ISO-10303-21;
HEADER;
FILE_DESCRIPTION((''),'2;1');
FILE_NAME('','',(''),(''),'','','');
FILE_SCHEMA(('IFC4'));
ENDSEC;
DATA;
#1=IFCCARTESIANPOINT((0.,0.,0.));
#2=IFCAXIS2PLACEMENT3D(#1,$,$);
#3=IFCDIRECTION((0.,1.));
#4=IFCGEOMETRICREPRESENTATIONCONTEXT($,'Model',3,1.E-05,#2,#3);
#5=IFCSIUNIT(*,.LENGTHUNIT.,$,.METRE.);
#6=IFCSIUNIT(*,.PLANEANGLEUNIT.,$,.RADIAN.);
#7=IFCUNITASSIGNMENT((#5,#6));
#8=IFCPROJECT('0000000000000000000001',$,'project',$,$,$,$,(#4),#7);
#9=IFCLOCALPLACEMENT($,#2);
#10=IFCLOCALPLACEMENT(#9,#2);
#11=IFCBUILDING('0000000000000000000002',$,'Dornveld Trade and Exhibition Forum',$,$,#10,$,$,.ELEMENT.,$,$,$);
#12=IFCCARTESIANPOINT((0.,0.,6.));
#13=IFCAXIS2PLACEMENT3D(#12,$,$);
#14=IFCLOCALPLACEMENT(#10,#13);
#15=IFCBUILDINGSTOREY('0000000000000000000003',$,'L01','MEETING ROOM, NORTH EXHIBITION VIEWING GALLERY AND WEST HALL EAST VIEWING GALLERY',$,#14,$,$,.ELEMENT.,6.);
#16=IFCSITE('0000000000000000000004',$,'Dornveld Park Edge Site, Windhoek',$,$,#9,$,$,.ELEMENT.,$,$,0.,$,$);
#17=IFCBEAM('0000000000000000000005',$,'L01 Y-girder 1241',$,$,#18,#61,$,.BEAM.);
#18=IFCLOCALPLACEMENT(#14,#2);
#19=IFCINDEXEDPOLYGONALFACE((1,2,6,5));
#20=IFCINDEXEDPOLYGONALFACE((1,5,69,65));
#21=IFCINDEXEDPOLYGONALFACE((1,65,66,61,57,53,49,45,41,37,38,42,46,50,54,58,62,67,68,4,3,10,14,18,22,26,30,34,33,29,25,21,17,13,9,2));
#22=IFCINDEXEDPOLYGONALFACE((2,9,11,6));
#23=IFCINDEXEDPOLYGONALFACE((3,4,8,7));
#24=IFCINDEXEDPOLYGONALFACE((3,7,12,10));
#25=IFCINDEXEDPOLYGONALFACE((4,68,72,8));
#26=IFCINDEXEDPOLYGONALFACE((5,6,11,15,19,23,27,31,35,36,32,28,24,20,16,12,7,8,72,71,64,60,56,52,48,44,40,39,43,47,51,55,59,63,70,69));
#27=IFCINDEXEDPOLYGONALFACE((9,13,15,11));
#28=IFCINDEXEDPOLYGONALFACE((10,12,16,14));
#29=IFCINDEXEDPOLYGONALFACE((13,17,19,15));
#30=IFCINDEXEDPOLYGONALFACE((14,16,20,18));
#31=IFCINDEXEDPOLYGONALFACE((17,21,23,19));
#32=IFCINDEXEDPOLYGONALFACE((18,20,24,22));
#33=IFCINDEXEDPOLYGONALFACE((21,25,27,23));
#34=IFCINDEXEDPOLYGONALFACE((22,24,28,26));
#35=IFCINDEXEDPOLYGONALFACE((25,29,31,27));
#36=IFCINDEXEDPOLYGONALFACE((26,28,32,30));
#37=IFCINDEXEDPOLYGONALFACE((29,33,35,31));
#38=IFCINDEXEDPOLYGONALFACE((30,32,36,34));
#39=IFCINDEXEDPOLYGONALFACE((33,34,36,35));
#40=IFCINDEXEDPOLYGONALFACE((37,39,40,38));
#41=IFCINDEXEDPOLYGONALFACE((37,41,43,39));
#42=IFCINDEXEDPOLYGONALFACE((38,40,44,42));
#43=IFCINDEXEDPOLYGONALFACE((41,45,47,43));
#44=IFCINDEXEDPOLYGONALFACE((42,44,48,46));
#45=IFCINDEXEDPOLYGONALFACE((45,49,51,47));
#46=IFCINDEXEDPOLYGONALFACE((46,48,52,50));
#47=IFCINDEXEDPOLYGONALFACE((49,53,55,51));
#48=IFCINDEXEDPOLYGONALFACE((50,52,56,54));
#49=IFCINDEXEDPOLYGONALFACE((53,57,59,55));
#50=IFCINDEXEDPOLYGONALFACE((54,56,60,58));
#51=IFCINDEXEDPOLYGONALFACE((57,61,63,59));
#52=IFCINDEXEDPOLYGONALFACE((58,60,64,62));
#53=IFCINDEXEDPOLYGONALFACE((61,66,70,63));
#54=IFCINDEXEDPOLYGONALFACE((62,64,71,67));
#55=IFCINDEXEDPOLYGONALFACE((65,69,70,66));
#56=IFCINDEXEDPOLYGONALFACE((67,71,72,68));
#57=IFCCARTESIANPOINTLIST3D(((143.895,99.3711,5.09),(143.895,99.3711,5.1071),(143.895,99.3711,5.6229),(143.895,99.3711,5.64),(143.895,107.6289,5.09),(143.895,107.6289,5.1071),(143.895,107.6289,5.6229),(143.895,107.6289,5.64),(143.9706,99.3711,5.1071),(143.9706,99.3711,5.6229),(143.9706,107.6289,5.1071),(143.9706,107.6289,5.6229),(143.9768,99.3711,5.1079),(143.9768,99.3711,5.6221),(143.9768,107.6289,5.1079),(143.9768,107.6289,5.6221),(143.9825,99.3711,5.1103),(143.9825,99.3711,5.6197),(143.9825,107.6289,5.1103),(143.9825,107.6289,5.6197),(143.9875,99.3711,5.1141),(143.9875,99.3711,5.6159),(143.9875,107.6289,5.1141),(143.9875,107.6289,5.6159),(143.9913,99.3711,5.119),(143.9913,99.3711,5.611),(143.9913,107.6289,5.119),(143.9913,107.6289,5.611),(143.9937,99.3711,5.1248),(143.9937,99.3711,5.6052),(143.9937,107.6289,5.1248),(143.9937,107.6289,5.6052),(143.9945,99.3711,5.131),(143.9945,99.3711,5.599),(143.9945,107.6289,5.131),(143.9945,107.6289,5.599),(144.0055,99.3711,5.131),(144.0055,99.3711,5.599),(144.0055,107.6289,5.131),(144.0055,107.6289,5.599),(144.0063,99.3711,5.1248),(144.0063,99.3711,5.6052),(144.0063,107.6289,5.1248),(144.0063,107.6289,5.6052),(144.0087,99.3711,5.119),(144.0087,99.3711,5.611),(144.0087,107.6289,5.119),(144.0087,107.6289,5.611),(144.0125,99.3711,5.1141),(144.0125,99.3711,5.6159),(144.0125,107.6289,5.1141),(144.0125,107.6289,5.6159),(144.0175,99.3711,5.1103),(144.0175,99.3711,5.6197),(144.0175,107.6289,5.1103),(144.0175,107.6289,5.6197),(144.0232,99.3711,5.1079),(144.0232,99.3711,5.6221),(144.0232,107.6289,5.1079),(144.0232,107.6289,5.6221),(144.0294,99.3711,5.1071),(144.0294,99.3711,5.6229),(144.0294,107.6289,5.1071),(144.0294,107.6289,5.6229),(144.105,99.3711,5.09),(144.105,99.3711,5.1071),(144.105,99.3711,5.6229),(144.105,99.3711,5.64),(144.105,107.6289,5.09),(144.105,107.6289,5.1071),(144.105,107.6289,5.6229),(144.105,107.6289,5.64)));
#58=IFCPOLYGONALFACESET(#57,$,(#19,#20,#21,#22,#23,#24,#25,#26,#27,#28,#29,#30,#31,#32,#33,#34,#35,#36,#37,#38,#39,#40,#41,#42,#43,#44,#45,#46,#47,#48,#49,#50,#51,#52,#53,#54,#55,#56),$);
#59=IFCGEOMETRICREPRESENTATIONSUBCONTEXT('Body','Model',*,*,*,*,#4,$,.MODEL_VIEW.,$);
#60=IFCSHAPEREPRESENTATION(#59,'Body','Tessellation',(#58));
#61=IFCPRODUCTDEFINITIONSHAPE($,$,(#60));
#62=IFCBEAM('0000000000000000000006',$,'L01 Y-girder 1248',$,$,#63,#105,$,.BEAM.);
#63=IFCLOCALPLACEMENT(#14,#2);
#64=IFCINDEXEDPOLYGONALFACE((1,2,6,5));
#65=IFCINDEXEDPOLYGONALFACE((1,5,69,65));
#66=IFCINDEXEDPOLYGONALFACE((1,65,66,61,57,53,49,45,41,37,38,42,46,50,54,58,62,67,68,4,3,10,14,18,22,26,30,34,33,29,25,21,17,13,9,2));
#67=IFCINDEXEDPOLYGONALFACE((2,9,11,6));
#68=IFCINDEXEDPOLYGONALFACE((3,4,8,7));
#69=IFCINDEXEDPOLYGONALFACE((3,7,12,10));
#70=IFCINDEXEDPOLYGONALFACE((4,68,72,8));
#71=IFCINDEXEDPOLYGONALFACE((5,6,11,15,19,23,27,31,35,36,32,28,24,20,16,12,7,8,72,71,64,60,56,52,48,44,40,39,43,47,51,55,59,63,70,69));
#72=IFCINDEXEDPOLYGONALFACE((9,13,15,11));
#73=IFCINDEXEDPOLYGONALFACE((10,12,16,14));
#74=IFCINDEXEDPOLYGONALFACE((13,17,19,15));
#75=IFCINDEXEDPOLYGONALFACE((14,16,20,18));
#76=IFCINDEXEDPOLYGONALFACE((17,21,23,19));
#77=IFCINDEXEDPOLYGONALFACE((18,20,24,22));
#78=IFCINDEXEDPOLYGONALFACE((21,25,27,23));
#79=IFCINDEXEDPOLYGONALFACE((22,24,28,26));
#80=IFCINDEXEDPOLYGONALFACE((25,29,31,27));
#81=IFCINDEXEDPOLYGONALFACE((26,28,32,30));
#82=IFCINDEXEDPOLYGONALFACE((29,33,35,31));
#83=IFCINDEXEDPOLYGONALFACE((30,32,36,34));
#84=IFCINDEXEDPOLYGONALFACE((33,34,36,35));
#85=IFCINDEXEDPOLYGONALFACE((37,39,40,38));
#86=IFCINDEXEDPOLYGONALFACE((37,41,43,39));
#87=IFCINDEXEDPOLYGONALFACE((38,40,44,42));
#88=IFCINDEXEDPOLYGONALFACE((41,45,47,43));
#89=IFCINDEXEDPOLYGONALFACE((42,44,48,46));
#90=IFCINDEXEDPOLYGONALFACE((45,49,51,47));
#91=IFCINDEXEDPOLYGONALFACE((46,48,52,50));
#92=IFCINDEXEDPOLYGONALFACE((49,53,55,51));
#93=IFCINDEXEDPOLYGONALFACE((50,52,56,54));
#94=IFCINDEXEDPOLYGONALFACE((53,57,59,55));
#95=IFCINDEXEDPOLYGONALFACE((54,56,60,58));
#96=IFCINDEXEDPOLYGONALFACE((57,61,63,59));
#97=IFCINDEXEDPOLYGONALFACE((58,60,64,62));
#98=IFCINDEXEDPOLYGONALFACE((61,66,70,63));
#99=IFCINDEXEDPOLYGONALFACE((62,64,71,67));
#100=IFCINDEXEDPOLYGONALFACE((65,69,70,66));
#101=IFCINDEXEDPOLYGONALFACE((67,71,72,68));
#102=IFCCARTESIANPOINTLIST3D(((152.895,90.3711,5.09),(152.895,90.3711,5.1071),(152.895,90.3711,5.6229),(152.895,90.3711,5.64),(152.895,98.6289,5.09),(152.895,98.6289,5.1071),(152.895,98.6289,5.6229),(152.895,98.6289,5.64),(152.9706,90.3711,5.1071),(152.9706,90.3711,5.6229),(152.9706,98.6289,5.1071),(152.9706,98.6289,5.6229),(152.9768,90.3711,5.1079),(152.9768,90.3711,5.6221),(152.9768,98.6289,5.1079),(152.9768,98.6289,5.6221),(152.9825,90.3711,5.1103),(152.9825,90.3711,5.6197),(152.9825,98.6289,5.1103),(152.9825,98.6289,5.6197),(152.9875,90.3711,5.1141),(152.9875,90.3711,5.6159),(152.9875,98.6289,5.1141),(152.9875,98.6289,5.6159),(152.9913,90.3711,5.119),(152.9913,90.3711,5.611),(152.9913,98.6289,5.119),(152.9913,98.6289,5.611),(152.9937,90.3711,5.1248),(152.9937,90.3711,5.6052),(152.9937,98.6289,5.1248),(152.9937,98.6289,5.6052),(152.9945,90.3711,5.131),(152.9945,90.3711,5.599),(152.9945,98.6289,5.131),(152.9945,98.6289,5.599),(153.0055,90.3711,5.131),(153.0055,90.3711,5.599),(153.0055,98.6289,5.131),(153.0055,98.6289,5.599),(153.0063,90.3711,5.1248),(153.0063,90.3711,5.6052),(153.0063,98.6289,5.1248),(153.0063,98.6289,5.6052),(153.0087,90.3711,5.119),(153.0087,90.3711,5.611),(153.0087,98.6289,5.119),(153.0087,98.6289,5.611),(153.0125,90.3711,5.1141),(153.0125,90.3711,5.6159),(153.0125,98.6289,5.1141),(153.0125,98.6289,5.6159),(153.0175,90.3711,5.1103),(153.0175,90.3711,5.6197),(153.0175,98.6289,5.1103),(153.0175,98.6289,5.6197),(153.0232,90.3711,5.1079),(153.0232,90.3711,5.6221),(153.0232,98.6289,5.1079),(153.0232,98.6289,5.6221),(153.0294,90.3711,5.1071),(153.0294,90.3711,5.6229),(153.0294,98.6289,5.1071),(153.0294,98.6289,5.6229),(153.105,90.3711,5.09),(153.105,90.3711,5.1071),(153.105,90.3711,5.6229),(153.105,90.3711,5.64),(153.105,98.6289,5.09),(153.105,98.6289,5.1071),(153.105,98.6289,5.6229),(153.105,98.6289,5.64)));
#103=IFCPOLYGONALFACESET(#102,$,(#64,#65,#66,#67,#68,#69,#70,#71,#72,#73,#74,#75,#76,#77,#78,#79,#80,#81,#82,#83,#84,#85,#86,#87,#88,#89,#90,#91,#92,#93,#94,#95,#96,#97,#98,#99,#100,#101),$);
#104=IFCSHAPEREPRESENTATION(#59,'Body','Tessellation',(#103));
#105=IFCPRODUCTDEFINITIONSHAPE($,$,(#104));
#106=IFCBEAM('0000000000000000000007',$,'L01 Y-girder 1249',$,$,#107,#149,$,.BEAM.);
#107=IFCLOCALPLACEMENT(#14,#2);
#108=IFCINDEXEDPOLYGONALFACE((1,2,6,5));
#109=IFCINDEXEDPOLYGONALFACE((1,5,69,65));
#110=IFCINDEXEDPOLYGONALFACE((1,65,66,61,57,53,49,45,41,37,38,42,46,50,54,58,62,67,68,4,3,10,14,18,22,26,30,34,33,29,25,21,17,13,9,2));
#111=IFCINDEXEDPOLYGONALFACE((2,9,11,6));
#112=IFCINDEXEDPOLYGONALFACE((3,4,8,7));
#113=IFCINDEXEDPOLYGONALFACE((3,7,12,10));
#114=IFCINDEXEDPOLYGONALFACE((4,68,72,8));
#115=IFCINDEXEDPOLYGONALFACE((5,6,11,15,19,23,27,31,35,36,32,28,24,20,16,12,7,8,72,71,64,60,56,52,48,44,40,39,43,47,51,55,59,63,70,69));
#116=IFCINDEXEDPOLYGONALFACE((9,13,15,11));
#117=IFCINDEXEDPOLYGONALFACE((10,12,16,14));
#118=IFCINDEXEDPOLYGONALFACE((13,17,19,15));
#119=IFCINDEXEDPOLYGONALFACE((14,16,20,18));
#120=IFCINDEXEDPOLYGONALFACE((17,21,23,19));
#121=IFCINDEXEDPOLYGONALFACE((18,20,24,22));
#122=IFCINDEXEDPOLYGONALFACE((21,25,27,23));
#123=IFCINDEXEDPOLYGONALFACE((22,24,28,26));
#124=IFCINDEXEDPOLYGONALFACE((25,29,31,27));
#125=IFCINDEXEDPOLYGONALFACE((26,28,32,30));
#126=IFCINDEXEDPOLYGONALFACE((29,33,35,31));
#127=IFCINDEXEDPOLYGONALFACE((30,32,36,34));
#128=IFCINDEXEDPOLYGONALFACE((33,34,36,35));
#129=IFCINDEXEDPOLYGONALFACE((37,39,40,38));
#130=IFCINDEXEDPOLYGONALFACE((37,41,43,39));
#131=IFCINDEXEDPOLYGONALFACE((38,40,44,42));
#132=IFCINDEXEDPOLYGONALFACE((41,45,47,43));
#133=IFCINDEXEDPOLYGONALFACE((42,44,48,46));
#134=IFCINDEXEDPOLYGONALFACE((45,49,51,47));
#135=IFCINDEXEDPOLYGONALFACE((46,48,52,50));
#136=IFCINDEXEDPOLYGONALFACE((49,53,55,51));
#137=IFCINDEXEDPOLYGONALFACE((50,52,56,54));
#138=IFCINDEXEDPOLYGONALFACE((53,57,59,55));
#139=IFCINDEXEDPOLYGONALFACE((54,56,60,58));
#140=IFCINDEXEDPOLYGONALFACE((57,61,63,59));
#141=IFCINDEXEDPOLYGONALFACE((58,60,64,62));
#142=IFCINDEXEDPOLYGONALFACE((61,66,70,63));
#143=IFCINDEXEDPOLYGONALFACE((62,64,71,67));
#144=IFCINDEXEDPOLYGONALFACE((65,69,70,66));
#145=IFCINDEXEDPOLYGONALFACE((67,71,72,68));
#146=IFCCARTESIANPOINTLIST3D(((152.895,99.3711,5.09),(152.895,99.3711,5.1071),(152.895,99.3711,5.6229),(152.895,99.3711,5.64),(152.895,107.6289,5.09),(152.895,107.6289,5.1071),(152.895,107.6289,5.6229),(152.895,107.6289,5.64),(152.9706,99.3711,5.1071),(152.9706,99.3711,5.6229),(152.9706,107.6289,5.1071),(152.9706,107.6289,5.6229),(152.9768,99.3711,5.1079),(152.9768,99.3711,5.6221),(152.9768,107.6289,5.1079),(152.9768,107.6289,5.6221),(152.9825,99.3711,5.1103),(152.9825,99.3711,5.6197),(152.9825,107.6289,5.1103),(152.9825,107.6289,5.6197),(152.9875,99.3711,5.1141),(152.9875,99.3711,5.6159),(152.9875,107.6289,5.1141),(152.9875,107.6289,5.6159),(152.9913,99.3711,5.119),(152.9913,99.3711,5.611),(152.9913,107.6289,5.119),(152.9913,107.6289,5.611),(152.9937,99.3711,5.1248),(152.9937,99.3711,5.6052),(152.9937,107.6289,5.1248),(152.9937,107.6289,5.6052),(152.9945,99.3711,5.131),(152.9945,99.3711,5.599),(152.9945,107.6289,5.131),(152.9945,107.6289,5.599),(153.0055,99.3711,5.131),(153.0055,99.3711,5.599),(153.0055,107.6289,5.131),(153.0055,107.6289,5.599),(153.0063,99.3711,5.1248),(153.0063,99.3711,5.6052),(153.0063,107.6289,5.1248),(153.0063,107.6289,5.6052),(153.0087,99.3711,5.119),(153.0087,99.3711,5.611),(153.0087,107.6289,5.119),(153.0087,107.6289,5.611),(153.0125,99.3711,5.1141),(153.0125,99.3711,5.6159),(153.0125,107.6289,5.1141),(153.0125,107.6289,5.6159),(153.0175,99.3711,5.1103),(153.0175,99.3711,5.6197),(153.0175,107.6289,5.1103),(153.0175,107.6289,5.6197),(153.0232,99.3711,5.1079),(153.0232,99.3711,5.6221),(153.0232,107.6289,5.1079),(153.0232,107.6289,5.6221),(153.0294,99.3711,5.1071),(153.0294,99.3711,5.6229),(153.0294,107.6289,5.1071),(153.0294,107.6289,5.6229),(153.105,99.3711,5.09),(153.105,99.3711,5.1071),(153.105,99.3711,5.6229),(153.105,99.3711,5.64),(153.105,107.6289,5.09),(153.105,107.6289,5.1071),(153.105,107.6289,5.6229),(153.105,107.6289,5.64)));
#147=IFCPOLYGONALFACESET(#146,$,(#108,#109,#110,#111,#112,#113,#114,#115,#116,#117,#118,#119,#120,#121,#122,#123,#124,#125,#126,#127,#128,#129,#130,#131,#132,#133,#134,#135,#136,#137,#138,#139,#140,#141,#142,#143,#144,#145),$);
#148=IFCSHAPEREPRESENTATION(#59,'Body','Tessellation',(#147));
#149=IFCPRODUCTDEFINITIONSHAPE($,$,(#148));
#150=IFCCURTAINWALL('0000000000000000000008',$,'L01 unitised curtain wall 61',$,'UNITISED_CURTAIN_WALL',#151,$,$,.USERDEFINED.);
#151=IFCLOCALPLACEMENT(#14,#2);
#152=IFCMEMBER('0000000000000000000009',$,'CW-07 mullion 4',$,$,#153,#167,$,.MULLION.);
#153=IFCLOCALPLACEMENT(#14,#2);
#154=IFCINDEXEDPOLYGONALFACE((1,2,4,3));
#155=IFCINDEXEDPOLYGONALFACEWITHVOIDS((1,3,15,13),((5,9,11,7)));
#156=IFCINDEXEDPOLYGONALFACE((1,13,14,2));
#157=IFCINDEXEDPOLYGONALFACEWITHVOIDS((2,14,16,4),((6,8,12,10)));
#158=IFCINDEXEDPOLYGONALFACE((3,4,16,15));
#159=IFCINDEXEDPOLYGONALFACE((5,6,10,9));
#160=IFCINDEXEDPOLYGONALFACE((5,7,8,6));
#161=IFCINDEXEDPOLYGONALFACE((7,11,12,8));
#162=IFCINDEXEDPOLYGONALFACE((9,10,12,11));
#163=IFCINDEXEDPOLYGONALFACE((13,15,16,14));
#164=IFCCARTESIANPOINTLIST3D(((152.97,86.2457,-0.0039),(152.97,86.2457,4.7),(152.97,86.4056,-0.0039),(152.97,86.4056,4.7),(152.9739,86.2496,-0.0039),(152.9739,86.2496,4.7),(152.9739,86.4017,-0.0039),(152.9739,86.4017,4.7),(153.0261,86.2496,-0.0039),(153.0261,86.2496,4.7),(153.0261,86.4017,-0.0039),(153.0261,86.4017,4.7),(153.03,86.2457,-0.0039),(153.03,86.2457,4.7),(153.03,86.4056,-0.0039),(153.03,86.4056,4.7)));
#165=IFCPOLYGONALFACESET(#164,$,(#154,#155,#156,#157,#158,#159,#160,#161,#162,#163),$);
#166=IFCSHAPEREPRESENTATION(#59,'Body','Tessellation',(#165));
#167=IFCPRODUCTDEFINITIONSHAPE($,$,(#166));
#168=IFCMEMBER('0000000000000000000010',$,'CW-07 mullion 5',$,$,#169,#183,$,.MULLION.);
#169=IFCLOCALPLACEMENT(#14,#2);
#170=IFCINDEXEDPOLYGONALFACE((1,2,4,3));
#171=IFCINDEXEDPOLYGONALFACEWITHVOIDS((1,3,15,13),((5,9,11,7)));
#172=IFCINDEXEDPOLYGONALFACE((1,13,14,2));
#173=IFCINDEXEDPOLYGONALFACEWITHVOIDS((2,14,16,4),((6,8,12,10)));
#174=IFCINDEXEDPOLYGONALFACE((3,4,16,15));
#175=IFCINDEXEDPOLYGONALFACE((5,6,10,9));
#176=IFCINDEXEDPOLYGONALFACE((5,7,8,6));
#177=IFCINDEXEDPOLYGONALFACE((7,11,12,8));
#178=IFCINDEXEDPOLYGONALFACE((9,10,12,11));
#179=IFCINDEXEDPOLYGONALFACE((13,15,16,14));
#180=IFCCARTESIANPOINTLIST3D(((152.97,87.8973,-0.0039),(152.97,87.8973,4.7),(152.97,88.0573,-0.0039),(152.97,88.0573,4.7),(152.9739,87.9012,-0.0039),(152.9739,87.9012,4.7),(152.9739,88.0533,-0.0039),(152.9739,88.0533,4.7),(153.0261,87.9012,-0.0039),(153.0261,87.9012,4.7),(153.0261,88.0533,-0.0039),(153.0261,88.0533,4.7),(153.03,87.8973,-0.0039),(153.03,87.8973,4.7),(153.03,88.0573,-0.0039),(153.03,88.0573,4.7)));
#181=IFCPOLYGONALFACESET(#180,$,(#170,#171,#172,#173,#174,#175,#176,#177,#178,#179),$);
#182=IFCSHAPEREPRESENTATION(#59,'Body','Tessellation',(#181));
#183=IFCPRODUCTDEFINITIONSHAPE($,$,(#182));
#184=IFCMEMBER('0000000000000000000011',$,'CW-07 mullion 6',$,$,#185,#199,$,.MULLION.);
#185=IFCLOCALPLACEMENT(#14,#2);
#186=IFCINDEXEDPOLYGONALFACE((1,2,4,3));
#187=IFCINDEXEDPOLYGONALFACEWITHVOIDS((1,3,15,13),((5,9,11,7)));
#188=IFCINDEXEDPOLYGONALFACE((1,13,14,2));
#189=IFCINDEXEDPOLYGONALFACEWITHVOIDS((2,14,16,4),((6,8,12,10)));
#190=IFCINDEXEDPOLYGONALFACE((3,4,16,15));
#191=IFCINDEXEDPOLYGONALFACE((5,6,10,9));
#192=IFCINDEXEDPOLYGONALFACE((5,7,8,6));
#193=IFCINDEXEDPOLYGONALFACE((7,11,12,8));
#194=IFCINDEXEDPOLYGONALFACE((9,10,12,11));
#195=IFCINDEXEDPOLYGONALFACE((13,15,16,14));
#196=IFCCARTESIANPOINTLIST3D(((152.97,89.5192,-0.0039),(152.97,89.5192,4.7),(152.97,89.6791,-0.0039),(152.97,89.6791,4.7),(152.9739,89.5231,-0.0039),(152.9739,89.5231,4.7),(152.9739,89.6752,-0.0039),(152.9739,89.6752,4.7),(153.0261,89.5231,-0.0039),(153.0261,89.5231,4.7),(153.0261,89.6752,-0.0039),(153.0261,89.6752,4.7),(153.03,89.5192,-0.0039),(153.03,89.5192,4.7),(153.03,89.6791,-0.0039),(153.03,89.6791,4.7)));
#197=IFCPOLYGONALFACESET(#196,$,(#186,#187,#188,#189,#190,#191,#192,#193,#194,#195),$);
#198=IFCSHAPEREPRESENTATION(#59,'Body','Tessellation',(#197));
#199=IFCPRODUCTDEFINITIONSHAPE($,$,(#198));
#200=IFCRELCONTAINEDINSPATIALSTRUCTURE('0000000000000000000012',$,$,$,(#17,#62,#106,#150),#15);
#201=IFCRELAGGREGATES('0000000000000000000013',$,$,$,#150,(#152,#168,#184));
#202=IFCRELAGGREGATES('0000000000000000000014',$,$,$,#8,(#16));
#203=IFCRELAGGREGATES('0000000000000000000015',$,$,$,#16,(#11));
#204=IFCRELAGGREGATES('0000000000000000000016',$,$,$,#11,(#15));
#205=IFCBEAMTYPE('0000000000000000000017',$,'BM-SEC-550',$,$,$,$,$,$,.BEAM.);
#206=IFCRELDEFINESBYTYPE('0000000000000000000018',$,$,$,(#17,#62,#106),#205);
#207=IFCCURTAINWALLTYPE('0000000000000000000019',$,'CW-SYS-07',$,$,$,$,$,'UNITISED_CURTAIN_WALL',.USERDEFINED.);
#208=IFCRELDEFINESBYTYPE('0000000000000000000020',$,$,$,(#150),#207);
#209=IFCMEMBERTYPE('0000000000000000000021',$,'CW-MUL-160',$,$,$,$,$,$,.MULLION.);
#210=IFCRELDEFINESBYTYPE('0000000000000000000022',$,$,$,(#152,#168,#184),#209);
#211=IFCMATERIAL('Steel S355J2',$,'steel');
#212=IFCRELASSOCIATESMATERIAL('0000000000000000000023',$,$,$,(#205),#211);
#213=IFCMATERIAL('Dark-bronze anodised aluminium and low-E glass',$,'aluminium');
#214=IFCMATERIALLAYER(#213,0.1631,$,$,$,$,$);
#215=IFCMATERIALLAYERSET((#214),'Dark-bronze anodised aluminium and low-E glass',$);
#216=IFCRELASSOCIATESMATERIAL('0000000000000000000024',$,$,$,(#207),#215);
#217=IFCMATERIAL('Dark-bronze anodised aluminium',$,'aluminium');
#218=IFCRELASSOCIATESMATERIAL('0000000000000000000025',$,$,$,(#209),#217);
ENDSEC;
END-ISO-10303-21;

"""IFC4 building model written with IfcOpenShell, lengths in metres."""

from ifc_helpers import new_model, si_unit, direction, frame, origin, origin_2d, place, context, subcontext, project, spatial, hollow_rectangle, i_section, extrude, material, layer, layer_set, material_profile, profile_set, type_object, element, aggregate, save


model = new_model("IFC4")

# Units and contexts
model_context = context("Model", 3, precision=1e-05, world=origin(), true_north=direction((0.0, 1.0)))
body_context = subcontext(model_context, "Body", "Model", "MODEL_VIEW")
ifc_project = project(units=[si_unit("LENGTHUNIT", "METRE"), si_unit("PLANEANGLEUNIT", "RADIAN")], contexts=[model_context])

# Site, building, storey
site_placement = place(None, origin())
site = spatial("IfcSite", under=ifc_project, at=site_placement, Name="Dornveld Park Edge Site, Windhoek", CompositionType="ELEMENT", RefElevation=0.0)
building_placement = place(site_placement, origin())
building = spatial("IfcBuilding", under=site, at=building_placement, Name="Dornveld Trade and Exhibition Forum", CompositionType="ELEMENT")
storey_placement = place(building_placement, frame((0.0, 0.0, 6.0)))
storey = spatial("IfcBuildingStorey", under=building, at=storey_placement, Name="L01", Description="MEETING ROOM, NORTH EXHIBITION VIEWING GALLERY AND WEST HALL EAST VIEWING GALLERY", CompositionType="ELEMENT", Elevation=6.0)

# Beams
ifc_material_1 = material(Name="Steel S355J2", Category="steel")
ifc_material_profile_1 = material_profile(ifc_material_1, i_section(OverallWidth=0.21, OverallDepth=0.55, WebThickness=0.011, FlangeThickness=0.0171, FilletRadius=0.0239, at=origin_2d()), Name="IPE 550")
ifc_profile_set_1 = profile_set([ifc_material_profile_1], Name="Steel S355J2")
beam_type_1 = type_object("IfcBeamType", Name="BM-SEC-550", PredefinedType="BEAM", material=ifc_profile_set_1)
for number, where, z_axis, x_axis, name in (
    (1, (144.0, 99.3711, 5.365), (0.0, 1.0, 0.0), (-1.0, 0.0, 0.0), "L01 Y-girder 1241"),
    (2, (153.0, 90.3711, 5.365), (0.0, 1.0, 0.0), (-1.0, 0.0, 0.0), "L01 Y-girder 1248"),
    (3, (153.0, 99.3711, 5.365), (0.0, 1.0, 0.0), (-1.0, 0.0, 0.0), "L01 Y-girder 1249"),
):
    element("IfcBeam", number, at=place(storey_placement, frame(where, z_axis=z_axis, x_axis=x_axis)), inside=storey, type_object=beam_type_1, Name=name, PredefinedType="BEAM", context=body_context, shape_type="SweptSolid", body=[
        extrude(i_section(OverallWidth=0.21, OverallDepth=0.55, WebThickness=0.011, FlangeThickness=0.0171, FilletRadius=0.0239, at=origin_2d()), origin(), (0.0, 0.0, 1.0), 8.2578),
    ])

# Curtain wall, members
ifc_material_2 = material(Name="Dark-bronze anodised aluminium and low-E glass", Category="aluminium")
ifc_layer_1 = layer(ifc_material_2, 0.1631)
ifc_layer_set_1 = layer_set([ifc_layer_1], Name="Dark-bronze anodised aluminium and low-E glass")
curtain_wall_type = type_object("IfcCurtainWallType", Name="CW-SYS-07", ElementType="UNITISED_CURTAIN_WALL", PredefinedType="USERDEFINED", material=ifc_layer_set_1)
curtain_wall_placement = place(storey_placement, origin())
curtain_wall = element("IfcCurtainWall", 4, at=curtain_wall_placement, inside=storey, type_object=curtain_wall_type, Name="L01 unitised curtain wall 61", ObjectType="UNITISED_CURTAIN_WALL", PredefinedType="USERDEFINED")
ifc_material_3 = material(Name="Dark-bronze anodised aluminium", Category="aluminium")
ifc_material_profile_2 = material_profile(ifc_material_3, hollow_rectangle(XDim=0.0601, YDim=0.1599, WallThickness=0.0039, at=origin_2d()), Name="RHS 160x60x4")
ifc_profile_set_2 = profile_set([ifc_material_profile_2], Name="Dark-bronze anodised aluminium")
member_type_1 = type_object("IfcMemberType", Name="CW-MUL-160", PredefinedType="MULLION", material=ifc_profile_set_2)
member_1_placement = place(storey_placement, frame((153.0, 86.3257, -0.0039), z_axis=(0.0, 0.0, 1.0), x_axis=(-1.0, 0.0, 0.0)))
member_1 = element("IfcMember", 5, at=member_1_placement, type_object=member_type_1, Name="CW-07 mullion 4", PredefinedType="MULLION", context=body_context, shape_type="SweptSolid", body=[
    extrude(hollow_rectangle(XDim=0.0601, YDim=0.1599, WallThickness=0.0039, at=origin_2d()), origin(), (0.0, 0.0, 1.0), 4.7039),
])
member_2_placement = place(storey_placement, frame((153.0, 87.9773, -0.0039), z_axis=(0.0, 0.0, 1.0), x_axis=(-1.0, 0.0, 0.0)))
member_2 = element("IfcMember", 6, at=member_2_placement, type_object=member_type_1, Name="CW-07 mullion 5", PredefinedType="MULLION", context=body_context, shape_type="SweptSolid", body=[
    extrude(hollow_rectangle(XDim=0.0601, YDim=0.1599, WallThickness=0.0039, at=origin_2d()), origin(), (0.0, 0.0, 1.0), 4.7039),
])
member_3_placement = place(storey_placement, frame((153.0, 89.5991, -0.0039), z_axis=(0.0, 0.0, 1.0), x_axis=(-1.0, 0.0, 0.0)))
member_3 = element("IfcMember", 7, at=member_3_placement, type_object=member_type_1, Name="CW-07 mullion 6", PredefinedType="MULLION", context=body_context, shape_type="SweptSolid", body=[
    extrude(hollow_rectangle(XDim=0.0601, YDim=0.1599, WallThickness=0.0039, at=origin_2d()), origin(), (0.0, 0.0, 1.0), 4.7039),
])

aggregate(curtain_wall, [member_1, member_2, member_3])

save(model, "model.ifc")
